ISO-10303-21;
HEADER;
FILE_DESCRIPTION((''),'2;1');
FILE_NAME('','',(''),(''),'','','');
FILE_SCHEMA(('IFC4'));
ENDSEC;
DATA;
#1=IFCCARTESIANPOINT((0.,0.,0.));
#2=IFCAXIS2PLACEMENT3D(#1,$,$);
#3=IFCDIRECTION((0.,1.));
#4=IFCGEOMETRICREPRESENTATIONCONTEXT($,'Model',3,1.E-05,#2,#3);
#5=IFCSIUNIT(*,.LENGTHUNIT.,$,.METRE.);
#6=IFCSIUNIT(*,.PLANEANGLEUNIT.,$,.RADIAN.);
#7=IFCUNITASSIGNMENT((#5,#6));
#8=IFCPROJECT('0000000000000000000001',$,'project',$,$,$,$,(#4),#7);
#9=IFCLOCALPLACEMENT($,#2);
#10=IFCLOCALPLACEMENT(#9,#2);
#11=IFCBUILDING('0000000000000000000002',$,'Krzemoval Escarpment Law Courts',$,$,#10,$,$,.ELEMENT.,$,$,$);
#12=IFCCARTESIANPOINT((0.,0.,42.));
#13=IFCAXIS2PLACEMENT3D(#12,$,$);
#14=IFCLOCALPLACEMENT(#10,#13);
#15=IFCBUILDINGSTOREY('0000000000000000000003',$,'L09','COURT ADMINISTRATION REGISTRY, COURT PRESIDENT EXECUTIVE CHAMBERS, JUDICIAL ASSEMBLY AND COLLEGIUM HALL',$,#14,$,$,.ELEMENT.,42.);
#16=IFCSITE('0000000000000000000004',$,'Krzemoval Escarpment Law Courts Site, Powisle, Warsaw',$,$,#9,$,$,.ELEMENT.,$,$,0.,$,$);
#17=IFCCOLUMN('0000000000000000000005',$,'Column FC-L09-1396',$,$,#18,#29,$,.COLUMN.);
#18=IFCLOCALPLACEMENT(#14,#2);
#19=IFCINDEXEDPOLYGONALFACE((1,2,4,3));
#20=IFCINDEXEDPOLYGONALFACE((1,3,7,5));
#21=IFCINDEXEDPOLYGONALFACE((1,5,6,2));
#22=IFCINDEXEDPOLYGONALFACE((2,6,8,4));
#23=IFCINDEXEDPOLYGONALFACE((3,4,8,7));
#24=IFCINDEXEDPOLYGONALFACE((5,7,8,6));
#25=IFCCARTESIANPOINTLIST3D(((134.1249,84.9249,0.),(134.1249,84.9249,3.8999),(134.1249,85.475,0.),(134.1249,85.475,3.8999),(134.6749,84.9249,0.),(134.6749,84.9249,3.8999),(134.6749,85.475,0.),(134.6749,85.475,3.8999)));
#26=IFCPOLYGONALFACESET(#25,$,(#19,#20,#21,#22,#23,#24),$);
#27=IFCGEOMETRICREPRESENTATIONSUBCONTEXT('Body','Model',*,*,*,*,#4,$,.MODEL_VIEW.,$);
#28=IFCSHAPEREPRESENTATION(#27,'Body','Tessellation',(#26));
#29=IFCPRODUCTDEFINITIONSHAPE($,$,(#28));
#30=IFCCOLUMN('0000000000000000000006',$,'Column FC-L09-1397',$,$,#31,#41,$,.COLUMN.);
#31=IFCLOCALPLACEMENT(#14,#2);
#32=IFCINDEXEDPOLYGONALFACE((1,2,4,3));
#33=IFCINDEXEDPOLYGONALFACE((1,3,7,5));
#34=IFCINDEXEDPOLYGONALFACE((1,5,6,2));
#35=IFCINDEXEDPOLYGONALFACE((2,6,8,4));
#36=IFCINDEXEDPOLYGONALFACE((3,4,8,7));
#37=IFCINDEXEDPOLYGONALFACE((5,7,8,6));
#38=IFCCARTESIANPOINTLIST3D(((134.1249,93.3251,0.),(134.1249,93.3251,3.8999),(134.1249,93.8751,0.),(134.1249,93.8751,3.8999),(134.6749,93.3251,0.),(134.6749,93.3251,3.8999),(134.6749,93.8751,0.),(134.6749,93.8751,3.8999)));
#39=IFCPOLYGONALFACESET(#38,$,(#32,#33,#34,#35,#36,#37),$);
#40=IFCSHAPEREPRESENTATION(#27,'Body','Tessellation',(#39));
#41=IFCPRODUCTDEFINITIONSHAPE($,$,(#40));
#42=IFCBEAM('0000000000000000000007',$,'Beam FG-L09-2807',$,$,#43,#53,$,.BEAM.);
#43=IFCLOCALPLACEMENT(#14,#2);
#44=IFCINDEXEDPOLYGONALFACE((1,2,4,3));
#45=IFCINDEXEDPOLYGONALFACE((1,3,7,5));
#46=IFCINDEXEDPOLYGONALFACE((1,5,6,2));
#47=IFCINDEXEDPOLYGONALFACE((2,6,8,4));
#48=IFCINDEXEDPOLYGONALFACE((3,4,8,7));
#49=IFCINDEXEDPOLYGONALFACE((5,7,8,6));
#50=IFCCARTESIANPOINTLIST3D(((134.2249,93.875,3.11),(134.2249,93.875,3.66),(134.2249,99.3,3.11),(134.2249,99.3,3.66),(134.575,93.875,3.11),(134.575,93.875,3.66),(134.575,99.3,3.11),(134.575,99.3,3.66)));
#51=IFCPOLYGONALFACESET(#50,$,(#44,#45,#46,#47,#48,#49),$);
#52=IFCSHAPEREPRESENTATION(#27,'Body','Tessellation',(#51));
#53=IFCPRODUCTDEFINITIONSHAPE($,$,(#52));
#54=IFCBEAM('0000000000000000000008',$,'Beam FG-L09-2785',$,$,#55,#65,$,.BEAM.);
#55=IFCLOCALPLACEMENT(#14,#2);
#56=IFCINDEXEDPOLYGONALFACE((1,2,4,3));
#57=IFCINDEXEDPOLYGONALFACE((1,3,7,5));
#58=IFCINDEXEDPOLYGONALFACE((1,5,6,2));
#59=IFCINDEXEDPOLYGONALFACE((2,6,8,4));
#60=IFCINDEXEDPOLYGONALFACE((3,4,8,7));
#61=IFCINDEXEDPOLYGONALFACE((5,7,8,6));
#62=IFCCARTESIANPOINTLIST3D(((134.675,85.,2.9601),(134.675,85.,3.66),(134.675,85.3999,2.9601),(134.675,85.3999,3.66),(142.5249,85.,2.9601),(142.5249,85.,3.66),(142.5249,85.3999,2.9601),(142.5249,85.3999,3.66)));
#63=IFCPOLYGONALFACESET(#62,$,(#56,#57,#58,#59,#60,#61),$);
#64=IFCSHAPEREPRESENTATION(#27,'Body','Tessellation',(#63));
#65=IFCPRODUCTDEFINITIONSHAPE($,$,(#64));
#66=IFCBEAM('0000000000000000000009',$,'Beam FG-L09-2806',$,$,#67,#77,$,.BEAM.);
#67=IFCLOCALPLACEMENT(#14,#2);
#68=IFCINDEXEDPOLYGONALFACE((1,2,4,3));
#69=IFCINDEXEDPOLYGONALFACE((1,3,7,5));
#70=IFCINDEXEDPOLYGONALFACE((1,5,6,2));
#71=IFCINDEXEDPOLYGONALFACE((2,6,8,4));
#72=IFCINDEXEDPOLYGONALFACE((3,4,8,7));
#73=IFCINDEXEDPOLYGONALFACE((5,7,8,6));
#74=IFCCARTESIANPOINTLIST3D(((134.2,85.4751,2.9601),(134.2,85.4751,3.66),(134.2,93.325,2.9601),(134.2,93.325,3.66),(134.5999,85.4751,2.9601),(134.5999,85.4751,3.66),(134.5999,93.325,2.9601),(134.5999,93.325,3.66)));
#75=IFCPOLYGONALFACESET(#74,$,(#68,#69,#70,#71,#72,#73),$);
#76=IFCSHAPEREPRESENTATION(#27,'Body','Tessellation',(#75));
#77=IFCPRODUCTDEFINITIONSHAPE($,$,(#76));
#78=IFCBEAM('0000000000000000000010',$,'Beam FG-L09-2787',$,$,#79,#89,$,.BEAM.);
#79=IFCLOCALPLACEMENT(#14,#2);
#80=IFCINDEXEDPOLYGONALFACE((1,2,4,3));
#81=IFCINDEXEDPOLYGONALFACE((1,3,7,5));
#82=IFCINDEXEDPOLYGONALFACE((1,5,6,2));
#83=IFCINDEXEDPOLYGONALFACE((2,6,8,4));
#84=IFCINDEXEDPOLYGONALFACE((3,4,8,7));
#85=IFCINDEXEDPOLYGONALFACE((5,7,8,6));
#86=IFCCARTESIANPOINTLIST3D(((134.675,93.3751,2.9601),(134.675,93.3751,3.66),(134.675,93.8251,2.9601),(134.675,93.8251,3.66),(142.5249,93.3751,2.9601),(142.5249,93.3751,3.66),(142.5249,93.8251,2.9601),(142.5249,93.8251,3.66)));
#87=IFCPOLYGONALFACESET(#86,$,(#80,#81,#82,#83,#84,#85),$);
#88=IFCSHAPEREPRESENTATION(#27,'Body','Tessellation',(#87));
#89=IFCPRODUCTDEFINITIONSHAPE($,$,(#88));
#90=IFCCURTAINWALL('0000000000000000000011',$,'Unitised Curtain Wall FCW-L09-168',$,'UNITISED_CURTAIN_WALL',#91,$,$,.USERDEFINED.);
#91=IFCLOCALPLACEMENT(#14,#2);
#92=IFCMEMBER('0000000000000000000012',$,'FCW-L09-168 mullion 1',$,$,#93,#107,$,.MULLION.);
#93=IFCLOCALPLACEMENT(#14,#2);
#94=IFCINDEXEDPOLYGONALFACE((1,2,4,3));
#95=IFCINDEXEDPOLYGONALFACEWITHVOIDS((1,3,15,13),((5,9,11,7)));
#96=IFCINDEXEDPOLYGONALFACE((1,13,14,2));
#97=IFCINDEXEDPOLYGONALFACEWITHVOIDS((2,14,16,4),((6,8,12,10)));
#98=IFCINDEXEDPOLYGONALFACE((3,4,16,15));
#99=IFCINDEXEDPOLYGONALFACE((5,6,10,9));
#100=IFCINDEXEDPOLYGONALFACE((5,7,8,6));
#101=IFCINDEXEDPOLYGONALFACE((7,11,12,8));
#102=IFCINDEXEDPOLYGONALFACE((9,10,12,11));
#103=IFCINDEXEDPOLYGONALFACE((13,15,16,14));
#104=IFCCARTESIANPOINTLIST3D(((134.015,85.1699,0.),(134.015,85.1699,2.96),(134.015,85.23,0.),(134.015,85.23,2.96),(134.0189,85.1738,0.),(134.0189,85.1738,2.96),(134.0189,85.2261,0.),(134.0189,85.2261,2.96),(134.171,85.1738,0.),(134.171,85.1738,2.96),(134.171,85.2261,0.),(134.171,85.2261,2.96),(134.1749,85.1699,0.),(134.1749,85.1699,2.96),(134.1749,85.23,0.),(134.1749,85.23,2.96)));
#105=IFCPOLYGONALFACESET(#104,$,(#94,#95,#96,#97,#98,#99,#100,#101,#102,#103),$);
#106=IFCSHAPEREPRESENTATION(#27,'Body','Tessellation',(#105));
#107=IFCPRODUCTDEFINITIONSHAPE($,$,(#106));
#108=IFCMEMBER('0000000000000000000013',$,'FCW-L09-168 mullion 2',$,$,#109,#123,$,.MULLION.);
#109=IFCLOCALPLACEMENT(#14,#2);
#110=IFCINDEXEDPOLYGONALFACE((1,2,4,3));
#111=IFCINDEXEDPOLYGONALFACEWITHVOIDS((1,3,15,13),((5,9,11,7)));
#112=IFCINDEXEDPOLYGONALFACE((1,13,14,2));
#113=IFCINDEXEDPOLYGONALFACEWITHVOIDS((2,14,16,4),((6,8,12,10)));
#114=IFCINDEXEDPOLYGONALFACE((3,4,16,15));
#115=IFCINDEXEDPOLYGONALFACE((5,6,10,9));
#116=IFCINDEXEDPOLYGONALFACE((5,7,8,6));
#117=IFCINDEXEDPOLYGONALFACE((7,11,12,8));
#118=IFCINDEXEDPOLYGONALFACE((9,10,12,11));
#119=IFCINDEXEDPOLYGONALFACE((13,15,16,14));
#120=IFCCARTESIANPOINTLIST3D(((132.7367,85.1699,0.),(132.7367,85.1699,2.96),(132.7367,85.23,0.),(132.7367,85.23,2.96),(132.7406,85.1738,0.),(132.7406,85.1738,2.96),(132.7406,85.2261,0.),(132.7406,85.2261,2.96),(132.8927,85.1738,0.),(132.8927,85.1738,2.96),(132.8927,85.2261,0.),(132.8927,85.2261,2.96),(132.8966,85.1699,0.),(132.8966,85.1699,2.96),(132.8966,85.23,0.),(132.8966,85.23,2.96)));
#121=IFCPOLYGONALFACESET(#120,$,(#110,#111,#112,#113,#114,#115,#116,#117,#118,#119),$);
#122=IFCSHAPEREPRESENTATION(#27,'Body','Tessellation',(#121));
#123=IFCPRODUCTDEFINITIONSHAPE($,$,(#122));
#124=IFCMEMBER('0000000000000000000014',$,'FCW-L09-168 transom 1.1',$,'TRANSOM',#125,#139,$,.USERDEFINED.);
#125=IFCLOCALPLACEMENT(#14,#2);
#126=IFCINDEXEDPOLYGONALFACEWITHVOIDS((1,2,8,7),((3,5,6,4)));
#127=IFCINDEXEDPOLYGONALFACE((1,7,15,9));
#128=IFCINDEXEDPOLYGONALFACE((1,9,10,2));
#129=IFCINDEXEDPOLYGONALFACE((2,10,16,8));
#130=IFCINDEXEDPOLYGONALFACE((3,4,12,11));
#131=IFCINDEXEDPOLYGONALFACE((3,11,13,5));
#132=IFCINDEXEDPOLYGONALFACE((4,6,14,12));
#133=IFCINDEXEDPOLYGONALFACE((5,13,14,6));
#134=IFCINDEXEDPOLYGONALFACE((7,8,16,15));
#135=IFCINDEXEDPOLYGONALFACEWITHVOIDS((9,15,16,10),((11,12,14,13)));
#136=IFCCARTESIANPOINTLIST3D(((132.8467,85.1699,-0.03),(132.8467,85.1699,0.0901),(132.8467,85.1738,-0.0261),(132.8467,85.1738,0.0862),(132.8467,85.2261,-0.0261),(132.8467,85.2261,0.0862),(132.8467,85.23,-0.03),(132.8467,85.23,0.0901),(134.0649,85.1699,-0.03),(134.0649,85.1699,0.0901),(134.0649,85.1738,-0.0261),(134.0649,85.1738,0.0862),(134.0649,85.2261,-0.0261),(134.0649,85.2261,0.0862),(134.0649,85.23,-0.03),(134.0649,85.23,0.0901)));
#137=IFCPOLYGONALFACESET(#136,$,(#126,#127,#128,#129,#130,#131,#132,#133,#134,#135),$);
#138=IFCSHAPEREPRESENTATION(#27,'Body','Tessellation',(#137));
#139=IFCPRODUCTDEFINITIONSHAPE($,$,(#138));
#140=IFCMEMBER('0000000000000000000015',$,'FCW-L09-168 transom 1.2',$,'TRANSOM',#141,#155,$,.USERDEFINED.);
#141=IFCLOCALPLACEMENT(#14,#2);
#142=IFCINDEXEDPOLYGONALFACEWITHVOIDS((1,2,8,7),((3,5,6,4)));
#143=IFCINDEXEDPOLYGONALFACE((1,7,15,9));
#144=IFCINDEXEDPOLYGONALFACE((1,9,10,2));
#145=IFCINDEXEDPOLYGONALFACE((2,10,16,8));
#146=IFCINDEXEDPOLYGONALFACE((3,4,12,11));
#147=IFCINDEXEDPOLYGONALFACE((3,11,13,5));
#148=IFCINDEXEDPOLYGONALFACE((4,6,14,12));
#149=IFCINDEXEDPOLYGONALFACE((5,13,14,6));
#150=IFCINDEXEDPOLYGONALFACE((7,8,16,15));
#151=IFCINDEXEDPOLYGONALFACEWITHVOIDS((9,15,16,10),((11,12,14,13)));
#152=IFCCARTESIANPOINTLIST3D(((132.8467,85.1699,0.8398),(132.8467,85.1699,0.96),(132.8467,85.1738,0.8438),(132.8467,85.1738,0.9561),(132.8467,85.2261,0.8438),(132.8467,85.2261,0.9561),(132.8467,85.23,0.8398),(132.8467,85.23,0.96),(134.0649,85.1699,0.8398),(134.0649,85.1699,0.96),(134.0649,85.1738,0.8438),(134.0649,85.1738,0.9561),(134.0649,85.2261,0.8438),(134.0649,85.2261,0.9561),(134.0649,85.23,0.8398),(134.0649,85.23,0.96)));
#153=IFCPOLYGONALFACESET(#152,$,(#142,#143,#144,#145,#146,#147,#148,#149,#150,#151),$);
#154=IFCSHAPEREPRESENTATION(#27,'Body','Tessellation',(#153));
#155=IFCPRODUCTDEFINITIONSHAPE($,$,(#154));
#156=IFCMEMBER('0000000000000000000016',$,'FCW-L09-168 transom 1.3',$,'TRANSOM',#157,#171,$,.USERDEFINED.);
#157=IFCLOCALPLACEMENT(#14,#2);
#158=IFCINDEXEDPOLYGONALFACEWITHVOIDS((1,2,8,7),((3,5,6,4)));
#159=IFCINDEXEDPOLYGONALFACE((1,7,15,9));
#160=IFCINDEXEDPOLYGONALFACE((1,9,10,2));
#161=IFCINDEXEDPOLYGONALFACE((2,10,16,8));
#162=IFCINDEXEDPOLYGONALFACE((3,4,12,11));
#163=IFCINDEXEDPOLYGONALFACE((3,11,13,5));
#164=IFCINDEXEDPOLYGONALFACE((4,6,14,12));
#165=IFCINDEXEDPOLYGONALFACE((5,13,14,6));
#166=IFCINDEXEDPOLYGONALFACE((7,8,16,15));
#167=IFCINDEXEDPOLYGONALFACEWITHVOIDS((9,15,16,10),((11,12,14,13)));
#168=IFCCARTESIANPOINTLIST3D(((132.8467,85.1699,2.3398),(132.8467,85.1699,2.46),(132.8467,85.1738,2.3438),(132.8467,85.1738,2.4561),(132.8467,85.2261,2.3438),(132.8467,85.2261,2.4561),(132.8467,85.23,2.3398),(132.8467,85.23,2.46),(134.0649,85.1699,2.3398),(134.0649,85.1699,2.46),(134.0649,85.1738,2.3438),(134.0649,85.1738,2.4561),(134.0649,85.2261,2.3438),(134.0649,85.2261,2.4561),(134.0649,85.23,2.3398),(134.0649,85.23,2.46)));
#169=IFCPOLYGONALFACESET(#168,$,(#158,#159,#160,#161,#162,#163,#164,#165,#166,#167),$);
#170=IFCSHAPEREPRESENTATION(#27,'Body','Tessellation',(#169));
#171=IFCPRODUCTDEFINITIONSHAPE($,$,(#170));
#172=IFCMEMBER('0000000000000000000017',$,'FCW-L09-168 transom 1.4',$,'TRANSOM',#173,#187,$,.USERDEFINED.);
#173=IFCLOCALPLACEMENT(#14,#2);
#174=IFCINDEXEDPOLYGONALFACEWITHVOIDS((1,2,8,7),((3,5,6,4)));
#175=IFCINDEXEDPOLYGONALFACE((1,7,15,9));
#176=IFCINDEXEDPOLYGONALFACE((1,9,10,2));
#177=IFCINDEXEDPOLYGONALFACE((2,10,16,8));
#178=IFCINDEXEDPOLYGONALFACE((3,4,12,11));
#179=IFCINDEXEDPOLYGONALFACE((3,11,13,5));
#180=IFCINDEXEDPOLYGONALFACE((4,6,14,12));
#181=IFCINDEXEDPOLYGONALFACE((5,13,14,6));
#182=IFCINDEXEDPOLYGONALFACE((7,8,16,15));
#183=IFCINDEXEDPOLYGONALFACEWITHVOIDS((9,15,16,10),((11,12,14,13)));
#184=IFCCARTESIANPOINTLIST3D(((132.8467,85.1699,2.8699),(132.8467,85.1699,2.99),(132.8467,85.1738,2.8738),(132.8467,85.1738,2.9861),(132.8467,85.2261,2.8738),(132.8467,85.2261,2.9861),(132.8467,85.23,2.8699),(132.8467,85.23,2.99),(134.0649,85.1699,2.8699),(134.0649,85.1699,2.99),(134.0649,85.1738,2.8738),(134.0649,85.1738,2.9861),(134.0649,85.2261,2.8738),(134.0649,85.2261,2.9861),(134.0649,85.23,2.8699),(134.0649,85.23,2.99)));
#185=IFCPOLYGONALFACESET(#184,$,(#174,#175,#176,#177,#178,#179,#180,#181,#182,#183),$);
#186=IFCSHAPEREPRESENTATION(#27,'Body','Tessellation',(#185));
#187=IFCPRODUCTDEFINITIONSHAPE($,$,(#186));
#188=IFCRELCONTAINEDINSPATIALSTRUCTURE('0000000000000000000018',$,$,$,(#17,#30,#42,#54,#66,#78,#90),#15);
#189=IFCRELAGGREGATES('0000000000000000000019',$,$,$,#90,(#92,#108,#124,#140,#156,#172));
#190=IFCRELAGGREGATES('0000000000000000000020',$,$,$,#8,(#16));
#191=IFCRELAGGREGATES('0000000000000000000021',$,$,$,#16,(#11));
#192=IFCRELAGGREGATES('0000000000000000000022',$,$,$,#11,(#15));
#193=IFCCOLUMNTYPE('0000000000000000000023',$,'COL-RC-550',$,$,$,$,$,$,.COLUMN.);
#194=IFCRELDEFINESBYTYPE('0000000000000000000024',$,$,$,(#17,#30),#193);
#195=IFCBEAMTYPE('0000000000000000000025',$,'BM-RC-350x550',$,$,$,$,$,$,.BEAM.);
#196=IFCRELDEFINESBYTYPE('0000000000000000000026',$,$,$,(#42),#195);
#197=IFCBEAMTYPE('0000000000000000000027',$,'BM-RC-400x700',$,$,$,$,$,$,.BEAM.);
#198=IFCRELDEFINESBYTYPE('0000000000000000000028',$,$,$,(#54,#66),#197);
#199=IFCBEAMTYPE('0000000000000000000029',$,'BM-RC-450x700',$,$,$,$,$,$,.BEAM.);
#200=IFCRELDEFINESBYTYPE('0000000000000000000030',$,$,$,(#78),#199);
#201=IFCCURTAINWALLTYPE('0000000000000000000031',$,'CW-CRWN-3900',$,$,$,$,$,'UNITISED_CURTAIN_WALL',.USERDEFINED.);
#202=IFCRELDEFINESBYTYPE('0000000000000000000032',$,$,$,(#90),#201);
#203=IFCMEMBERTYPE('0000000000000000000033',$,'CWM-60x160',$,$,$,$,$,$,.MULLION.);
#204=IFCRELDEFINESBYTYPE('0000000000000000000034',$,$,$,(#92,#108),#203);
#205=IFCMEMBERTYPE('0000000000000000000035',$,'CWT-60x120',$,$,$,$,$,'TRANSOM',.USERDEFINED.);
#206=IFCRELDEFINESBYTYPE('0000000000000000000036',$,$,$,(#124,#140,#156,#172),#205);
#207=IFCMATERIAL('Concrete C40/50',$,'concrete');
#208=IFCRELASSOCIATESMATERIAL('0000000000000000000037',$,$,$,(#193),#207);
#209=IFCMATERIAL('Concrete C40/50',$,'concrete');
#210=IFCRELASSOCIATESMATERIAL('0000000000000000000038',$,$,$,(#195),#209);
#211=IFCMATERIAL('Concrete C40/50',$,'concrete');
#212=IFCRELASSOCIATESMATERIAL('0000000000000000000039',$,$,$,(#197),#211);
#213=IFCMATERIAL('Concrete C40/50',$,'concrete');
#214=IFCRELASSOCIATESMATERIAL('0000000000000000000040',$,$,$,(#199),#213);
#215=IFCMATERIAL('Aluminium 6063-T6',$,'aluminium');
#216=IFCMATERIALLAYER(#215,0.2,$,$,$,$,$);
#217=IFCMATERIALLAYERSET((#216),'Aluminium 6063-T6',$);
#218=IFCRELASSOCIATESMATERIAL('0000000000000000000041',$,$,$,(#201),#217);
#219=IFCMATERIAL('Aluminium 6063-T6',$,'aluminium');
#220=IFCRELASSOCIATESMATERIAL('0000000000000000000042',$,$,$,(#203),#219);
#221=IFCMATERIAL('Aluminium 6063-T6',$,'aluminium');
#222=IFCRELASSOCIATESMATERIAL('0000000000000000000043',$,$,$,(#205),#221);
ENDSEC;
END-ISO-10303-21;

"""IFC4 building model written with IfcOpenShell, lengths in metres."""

from ifc_helpers import new_model, si_unit, direction, frame, origin, origin_2d, place, context, subcontext, project, spatial, rectangle, hollow_rectangle, extrude, material, layer, layer_set, material_profile, profile_set, type_object, element, aggregate, save


model = new_model("IFC4")

# Units and contexts
model_context = context("Model", 3, precision=1e-05, world=origin(), true_north=direction((0.0, 1.0)))
body_context = subcontext(model_context, "Body", "Model", "MODEL_VIEW")
ifc_project = project(units=[si_unit("LENGTHUNIT", "METRE"), si_unit("PLANEANGLEUNIT", "RADIAN")], contexts=[model_context])

# Site, building, storey
site_placement = place(None, origin())
site = spatial("IfcSite", under=ifc_project, at=site_placement, Name="Krzemoval Escarpment Law Courts Site, Powisle, Warsaw", CompositionType="ELEMENT", RefElevation=0.0)
building_placement = place(site_placement, origin())
building = spatial("IfcBuilding", under=site, at=building_placement, Name="Krzemoval Escarpment Law Courts", CompositionType="ELEMENT")
storey_placement = place(building_placement, frame((0.0, 0.0, 42.0)))
storey = spatial("IfcBuildingStorey", under=building, at=storey_placement, Name="L09", Description="COURT ADMINISTRATION REGISTRY, COURT PRESIDENT EXECUTIVE CHAMBERS, JUDICIAL ASSEMBLY AND COLLEGIUM HALL", CompositionType="ELEMENT", Elevation=42.0)

# Columns
ifc_material_1 = material(Name="Concrete C40/50", Category="concrete")
ifc_material_profile_1 = material_profile(ifc_material_1, rectangle(XDim=0.55, YDim=0.55, at=origin_2d()), Name="RC 550x550")
ifc_profile_set_1 = profile_set([ifc_material_profile_1], Name="Concrete C40/50")
column_type = type_object("IfcColumnType", Name="COL-RC-550", PredefinedType="COLUMN", material=ifc_profile_set_1)
for number, where, z_axis, x_axis, name in (
    (1, (134.3999, 85.2, 0.0), (0.0, 0.0, 1.0), (1.0, 0.0, 0.0), "Column FC-L09-1396"),
    (2, (134.3999, 93.6001, 0.0), (0.0, 0.0, 1.0), (1.0, 0.0, 0.0), "Column FC-L09-1397"),
):
    element("IfcColumn", number, at=place(storey_placement, frame(where, z_axis=z_axis, x_axis=x_axis)), inside=storey, type_object=column_type, Name=name, PredefinedType="COLUMN", context=body_context, shape_type="SweptSolid", body=[
        extrude(rectangle(XDim=0.55, YDim=0.55, at=origin_2d()), origin(), (0.0, 0.0, 1.0), 3.8999),
    ])

# Beams
ifc_material_2 = material(Name="Concrete C40/50", Category="concrete")
ifc_material_profile_2 = material_profile(ifc_material_2, rectangle(XDim=0.3501, YDim=0.55, at=origin_2d()), Name="RCB 350x550")
ifc_profile_set_2 = profile_set([ifc_material_profile_2], Name="Concrete C40/50")
beam_type_1 = type_object("IfcBeamType", Name="BM-RC-350x550", PredefinedType="BEAM", material=ifc_profile_set_2)
beam_1_placement = place(storey_placement, frame((134.3999, 93.875, 3.385), z_axis=(0.0, 1.0, 0.0), x_axis=(-1.0, 0.0, 0.0)))
element("IfcBeam", 3, at=beam_1_placement, inside=storey, type_object=beam_type_1, Name="Beam FG-L09-2807", PredefinedType="BEAM", context=body_context, shape_type="SweptSolid", body=[
    extrude(rectangle(XDim=0.3501, YDim=0.55, at=origin_2d()), origin(), (0.0, 0.0, 1.0), 5.425),
])
ifc_material_3 = material(Name="Concrete C40/50", Category="concrete")
ifc_material_profile_3 = material_profile(ifc_material_3, rectangle(XDim=0.3999, YDim=0.7, at=origin_2d()), Name="RCB 400x700")
ifc_profile_set_3 = profile_set([ifc_material_profile_3], Name="Concrete C40/50")
beam_type_2 = type_object("IfcBeamType", Name="BM-RC-400x700", PredefinedType="BEAM", material=ifc_profile_set_3)
for number, where, z_axis, x_axis, name in (
    (4, (134.675, 85.2, 3.3101), (1.0, 0.0, 0.0), (0.0, 1.0, 0.0), "Beam FG-L09-2785"),
    (5, (134.3999, 85.4751, 3.3101), (0.0, 1.0, 0.0), (-1.0, 0.0, 0.0), "Beam FG-L09-2806"),
):
    element("IfcBeam", number, at=place(storey_placement, frame(where, z_axis=z_axis, x_axis=x_axis)), inside=storey, type_object=beam_type_2, Name=name, PredefinedType="BEAM", context=body_context, shape_type="SweptSolid", body=[
        extrude(rectangle(XDim=0.3999, YDim=0.7, at=origin_2d()), origin(), (0.0, 0.0, 1.0), 7.8499),
    ])
ifc_material_4 = material(Name="Concrete C40/50", Category="concrete")
ifc_material_profile_4 = material_profile(ifc_material_4, rectangle(XDim=0.45, YDim=0.7, at=origin_2d()), Name="RCB 450x700")
ifc_profile_set_4 = profile_set([ifc_material_profile_4], Name="Concrete C40/50")
beam_type_3 = type_object("IfcBeamType", Name="BM-RC-450x700", PredefinedType="BEAM", material=ifc_profile_set_4)
beam_2_placement = place(storey_placement, frame((134.675, 93.6001, 3.3101), z_axis=(1.0, 0.0, 0.0), x_axis=(0.0, 1.0, 0.0)))
element("IfcBeam", 6, at=beam_2_placement, inside=storey, type_object=beam_type_3, Name="Beam FG-L09-2787", PredefinedType="BEAM", context=body_context, shape_type="SweptSolid", body=[
    extrude(rectangle(XDim=0.45, YDim=0.7, at=origin_2d()), origin(), (0.0, 0.0, 1.0), 7.8499),
])

# Curtain wall, members
ifc_material_5 = material(Name="Aluminium 6063-T6", Category="aluminium")
ifc_layer_1 = layer(ifc_material_5, 0.2)
ifc_layer_set_1 = layer_set([ifc_layer_1], Name="Aluminium 6063-T6")
curtain_wall_type = type_object("IfcCurtainWallType", Name="CW-CRWN-3900", ElementType="UNITISED_CURTAIN_WALL", PredefinedType="USERDEFINED", material=ifc_layer_set_1)
curtain_wall_placement = place(storey_placement, origin())
curtain_wall = element("IfcCurtainWall", 7, at=curtain_wall_placement, inside=storey, type_object=curtain_wall_type, Name="Unitised Curtain Wall FCW-L09-168", ObjectType="UNITISED_CURTAIN_WALL", PredefinedType="USERDEFINED")
ifc_material_6 = material(Name="Aluminium 6063-T6", Category="aluminium")
ifc_material_profile_5 = material_profile(ifc_material_6, hollow_rectangle(XDim=0.0601, YDim=0.1599, WallThickness=0.0039, at=origin_2d()), Name="ALU M60x160")
ifc_profile_set_5 = profile_set([ifc_material_profile_5], Name="Aluminium 6063-T6")
member_type_1 = type_object("IfcMemberType", Name="CWM-60x160", PredefinedType="MULLION", material=ifc_profile_set_5)
member_1_placement = place(storey_placement, frame((134.095, 85.2, 0.0), z_axis=(0.0, 0.0, 1.0), x_axis=(0.0, -1.0, 0.0)))
member_1 = element("IfcMember", 8, at=member_1_placement, type_object=member_type_1, Name="FCW-L09-168 mullion 1", PredefinedType="MULLION", context=body_context, shape_type="SweptSolid", body=[
    extrude(hollow_rectangle(XDim=0.0601, YDim=0.1599, WallThickness=0.0039, at=origin_2d()), origin(), (0.0, 0.0, 1.0), 2.96),
])
member_2_placement = place(storey_placement, frame((132.8167, 85.2, 0.0), z_axis=(0.0, 0.0, 1.0), x_axis=(0.0, -1.0, 0.0)))
member_2 = element("IfcMember", 9, at=member_2_placement, type_object=member_type_1, Name="FCW-L09-168 mullion 2", PredefinedType="MULLION", context=body_context, shape_type="SweptSolid", body=[
    extrude(hollow_rectangle(XDim=0.0601, YDim=0.1599, WallThickness=0.0039, at=origin_2d()), origin(), (0.0, 0.0, 1.0), 2.96),
])
ifc_material_7 = material(Name="Aluminium 6063-T6", Category="aluminium")
ifc_material_profile_6 = material_profile(ifc_material_7, hollow_rectangle(XDim=0.0601, YDim=0.1201, WallThickness=0.0039, at=origin_2d()), Name="ALU T60x120")
ifc_profile_set_6 = profile_set([ifc_material_profile_6], Name="Aluminium 6063-T6")
member_type_2 = type_object("IfcMemberType", Name="CWT-60x120", ElementType="TRANSOM", PredefinedType="USERDEFINED", material=ifc_profile_set_6)
member_3_placement = place(storey_placement, frame((134.0649, 85.2, 0.03), z_axis=(-1.0, 0.0, 0.0), x_axis=(0.0, -1.0, 0.0)))
member_3 = element("IfcMember", 10, at=member_3_placement, type_object=member_type_2, Name="FCW-L09-168 transom 1.1", ObjectType="TRANSOM", PredefinedType="USERDEFINED", context=body_context, shape_type="SweptSolid", body=[
    extrude(hollow_rectangle(XDim=0.0601, YDim=0.1201, WallThickness=0.0039, at=origin_2d()), origin(), (0.0, 0.0, 1.0), 1.2183),
])
member_4_placement = place(storey_placement, frame((134.0649, 85.2, 0.8999), z_axis=(-1.0, 0.0, 0.0), x_axis=(0.0, -1.0, 0.0)))
member_4 = element("IfcMember", 11, at=member_4_placement, type_object=member_type_2, Name="FCW-L09-168 transom 1.2", ObjectType="TRANSOM", PredefinedType="USERDEFINED", context=body_context, shape_type="SweptSolid", body=[
    extrude(hollow_rectangle(XDim=0.0601, YDim=0.1201, WallThickness=0.0039, at=origin_2d()), origin(), (0.0, 0.0, 1.0), 1.2183),
])
member_5_placement = place(storey_placement, frame((134.0649, 85.2, 2.3999), z_axis=(-1.0, 0.0, 0.0), x_axis=(0.0, -1.0, 0.0)))
member_5 = element("IfcMember", 12, at=member_5_placement, type_object=member_type_2, Name="FCW-L09-168 transom 1.3", ObjectType="TRANSOM", PredefinedType="USERDEFINED", context=body_context, shape_type="SweptSolid", body=[
    extrude(hollow_rectangle(XDim=0.0601, YDim=0.1201, WallThickness=0.0039, at=origin_2d()), origin(), (0.0, 0.0, 1.0), 1.2183),
])
member_6_placement = place(storey_placement, frame((134.0649, 85.2, 2.9299), z_axis=(-1.0, 0.0, 0.0), x_axis=(0.0, -1.0, 0.0)))
member_6 = element("IfcMember", 13, at=member_6_placement, type_object=member_type_2, Name="FCW-L09-168 transom 1.4", ObjectType="TRANSOM", PredefinedType="USERDEFINED", context=body_context, shape_type="SweptSolid", body=[
    extrude(hollow_rectangle(XDim=0.0601, YDim=0.1201, WallThickness=0.0039, at=origin_2d()), origin(), (0.0, 0.0, 1.0), 1.2183),
])

aggregate(curtain_wall, [member_1, member_2, member_3, member_4, member_5, member_6])

save(model, "model.ifc")
